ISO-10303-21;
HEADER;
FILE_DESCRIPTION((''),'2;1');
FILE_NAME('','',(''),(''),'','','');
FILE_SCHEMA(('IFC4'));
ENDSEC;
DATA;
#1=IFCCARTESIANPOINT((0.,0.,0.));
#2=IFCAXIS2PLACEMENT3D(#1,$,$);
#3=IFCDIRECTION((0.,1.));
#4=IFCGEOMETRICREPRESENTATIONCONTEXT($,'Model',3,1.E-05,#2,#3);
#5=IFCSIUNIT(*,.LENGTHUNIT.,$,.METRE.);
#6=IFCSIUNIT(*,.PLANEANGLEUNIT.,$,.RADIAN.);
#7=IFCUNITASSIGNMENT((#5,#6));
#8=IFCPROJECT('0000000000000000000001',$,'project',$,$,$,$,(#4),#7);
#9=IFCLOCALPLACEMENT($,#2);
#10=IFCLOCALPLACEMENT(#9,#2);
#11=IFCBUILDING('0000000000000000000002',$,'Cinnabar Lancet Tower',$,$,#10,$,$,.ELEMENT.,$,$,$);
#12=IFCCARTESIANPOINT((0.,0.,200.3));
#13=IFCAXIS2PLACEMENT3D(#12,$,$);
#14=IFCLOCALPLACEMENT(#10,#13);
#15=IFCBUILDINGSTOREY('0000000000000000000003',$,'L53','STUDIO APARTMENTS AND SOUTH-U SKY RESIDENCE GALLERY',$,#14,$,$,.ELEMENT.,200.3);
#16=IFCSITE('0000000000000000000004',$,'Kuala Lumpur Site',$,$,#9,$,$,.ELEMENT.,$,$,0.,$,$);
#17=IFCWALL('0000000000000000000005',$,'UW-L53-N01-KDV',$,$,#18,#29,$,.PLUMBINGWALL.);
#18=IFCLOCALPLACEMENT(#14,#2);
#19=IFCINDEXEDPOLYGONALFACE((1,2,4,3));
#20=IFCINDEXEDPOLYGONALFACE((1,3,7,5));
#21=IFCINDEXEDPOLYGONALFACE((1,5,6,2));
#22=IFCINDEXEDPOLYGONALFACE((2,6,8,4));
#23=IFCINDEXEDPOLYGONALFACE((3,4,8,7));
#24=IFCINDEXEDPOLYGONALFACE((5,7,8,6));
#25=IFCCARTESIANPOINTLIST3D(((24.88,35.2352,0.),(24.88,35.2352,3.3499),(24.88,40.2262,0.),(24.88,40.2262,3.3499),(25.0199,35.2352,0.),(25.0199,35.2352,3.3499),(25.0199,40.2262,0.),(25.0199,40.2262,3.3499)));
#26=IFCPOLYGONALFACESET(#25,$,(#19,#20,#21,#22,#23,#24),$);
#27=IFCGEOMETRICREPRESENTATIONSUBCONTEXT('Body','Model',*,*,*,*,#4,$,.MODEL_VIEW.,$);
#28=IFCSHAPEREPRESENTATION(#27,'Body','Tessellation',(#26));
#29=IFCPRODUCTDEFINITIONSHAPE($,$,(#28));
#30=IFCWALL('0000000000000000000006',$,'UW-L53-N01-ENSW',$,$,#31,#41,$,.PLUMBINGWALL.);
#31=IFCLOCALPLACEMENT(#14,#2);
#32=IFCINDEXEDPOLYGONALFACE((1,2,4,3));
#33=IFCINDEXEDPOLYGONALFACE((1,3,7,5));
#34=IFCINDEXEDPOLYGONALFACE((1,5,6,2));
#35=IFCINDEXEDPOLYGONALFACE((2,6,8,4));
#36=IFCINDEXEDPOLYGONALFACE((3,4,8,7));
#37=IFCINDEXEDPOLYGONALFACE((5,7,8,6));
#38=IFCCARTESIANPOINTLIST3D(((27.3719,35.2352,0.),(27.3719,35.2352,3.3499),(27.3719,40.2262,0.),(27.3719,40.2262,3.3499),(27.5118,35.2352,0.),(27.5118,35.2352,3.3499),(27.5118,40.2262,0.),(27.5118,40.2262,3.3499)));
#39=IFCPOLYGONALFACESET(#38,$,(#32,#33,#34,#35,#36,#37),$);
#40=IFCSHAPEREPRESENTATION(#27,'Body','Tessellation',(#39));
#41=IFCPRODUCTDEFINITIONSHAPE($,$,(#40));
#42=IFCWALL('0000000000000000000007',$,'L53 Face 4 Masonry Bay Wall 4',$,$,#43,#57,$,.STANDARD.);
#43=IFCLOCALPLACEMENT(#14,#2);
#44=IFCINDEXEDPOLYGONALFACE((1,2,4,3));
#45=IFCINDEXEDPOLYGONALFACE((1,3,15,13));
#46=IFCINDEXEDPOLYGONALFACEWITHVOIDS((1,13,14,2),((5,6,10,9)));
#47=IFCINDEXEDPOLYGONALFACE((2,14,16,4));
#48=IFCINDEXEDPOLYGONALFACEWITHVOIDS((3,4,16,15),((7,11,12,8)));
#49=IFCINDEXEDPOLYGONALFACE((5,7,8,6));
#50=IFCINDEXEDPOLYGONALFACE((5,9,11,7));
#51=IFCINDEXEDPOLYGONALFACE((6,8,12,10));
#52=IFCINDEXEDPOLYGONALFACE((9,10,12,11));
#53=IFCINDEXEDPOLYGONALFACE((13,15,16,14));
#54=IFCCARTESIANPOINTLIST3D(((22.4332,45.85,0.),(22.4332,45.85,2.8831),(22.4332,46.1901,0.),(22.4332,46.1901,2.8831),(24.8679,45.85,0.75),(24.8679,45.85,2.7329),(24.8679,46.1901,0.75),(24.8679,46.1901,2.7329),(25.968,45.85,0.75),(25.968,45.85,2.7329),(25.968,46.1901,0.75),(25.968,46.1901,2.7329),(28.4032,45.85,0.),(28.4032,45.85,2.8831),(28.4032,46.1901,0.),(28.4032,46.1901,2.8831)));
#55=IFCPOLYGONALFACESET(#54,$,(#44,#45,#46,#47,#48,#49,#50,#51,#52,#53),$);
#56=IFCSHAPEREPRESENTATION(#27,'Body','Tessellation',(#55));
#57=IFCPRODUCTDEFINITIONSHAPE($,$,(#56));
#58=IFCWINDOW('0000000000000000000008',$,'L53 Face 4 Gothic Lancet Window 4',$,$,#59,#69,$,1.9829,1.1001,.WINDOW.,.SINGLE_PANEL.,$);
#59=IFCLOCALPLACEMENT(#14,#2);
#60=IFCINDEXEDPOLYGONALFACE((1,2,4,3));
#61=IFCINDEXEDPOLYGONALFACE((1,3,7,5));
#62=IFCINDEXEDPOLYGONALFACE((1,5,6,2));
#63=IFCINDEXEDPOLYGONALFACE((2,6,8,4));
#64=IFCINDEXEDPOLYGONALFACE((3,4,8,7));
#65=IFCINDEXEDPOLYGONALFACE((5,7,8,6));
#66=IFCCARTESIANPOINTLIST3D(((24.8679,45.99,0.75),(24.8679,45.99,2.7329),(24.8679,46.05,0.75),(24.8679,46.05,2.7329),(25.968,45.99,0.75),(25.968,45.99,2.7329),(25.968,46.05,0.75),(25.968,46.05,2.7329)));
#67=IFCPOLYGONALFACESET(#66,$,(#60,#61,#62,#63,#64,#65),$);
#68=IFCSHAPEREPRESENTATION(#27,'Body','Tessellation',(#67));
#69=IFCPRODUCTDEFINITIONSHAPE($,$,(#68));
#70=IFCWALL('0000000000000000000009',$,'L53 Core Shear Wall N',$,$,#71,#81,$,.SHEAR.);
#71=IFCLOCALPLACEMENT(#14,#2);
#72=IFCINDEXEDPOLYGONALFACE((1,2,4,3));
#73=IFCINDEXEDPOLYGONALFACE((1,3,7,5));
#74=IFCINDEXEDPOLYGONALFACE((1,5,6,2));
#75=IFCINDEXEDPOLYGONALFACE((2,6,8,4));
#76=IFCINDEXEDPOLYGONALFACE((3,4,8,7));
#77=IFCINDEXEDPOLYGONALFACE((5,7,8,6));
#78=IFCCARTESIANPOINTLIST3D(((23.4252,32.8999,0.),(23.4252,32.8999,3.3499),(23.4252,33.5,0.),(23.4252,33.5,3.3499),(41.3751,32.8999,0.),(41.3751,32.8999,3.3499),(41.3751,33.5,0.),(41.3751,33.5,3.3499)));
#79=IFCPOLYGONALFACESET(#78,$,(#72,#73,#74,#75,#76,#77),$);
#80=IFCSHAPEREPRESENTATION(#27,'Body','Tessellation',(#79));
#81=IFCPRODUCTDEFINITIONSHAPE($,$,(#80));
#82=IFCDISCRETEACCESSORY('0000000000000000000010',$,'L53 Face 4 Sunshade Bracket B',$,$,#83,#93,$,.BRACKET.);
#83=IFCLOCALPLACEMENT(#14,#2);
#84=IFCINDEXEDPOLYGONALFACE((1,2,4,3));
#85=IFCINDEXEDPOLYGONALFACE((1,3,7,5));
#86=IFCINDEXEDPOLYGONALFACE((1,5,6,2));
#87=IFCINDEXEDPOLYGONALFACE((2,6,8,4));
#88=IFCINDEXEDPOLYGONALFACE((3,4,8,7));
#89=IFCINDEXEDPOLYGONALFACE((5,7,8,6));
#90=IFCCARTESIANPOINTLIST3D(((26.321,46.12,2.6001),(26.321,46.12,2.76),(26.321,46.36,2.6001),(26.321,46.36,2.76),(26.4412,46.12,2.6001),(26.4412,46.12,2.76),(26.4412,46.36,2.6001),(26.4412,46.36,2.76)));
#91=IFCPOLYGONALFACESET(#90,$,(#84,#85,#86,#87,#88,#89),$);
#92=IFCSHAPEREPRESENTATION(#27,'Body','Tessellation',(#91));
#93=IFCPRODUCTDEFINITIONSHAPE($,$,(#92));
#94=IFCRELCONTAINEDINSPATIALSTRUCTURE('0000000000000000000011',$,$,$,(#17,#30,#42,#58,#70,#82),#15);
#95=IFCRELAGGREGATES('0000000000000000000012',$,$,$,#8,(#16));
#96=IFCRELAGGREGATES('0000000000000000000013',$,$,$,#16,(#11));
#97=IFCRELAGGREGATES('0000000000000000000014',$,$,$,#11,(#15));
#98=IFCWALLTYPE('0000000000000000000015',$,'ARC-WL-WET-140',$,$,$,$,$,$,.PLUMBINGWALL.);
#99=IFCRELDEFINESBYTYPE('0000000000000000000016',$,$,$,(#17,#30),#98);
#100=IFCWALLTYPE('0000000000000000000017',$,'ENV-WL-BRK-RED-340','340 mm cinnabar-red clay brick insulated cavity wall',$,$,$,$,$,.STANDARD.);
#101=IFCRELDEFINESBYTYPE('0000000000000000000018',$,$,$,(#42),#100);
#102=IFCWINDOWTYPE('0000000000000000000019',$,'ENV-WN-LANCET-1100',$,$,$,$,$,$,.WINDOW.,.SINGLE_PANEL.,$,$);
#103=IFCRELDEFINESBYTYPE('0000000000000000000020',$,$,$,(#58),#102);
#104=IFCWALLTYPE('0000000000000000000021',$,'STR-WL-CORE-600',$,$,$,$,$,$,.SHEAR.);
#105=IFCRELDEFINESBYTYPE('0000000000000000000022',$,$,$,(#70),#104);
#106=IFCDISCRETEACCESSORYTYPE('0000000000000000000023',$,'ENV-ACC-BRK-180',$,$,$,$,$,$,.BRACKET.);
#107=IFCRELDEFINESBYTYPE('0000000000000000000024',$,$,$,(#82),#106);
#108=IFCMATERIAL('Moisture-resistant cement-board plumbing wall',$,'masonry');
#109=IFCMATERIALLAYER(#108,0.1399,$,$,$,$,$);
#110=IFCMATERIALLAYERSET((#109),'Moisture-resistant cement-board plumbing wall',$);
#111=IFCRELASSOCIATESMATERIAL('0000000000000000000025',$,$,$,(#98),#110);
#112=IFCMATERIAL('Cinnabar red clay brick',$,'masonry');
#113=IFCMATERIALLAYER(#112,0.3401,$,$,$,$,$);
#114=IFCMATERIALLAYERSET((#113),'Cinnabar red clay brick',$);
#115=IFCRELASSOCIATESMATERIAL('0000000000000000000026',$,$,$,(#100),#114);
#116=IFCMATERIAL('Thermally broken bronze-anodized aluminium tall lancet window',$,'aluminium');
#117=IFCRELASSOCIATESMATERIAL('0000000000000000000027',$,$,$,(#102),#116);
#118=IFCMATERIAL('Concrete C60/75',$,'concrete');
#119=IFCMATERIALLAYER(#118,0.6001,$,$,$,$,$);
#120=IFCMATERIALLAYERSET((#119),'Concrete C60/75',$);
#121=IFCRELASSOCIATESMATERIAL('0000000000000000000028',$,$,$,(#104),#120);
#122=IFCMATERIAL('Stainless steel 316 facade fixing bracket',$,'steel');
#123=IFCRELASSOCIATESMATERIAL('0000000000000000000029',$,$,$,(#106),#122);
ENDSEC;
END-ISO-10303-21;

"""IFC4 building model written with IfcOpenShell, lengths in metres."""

from ifc_helpers import new_model, si_unit, direction, frame, frame_2d, origin, origin_2d, place, context, subcontext, project, spatial, rectangle, extrude, material, layer, layer_set, type_object, element, fill, save


model = new_model("IFC4")

# Units and contexts
model_context = context("Model", 3, precision=1e-05, world=origin(), true_north=direction((0.0, 1.0)))
body_context = subcontext(model_context, "Body", "Model", "MODEL_VIEW")
ifc_project = project(units=[si_unit("LENGTHUNIT", "METRE"), si_unit("PLANEANGLEUNIT", "RADIAN")], contexts=[model_context])

# Site, building, storey
site_placement = place(None, origin())
site = spatial("IfcSite", under=ifc_project, at=site_placement, Name="Kuala Lumpur Site", CompositionType="ELEMENT", RefElevation=0.0)
building_placement = place(site_placement, origin())
building = spatial("IfcBuilding", under=site, at=building_placement, Name="Cinnabar Lancet Tower", CompositionType="ELEMENT")
storey_placement = place(building_placement, frame((0.0, 0.0, 200.3)))
storey = spatial("IfcBuildingStorey", under=building, at=storey_placement, Name="L53", Description="STUDIO APARTMENTS AND SOUTH-U SKY RESIDENCE GALLERY", CompositionType="ELEMENT", Elevation=200.3)

# Shared definitions
ifc_material_1 = material(Name="Moisture-resistant cement-board plumbing wall", Category="masonry")
ifc_layer_1 = layer(ifc_material_1, 0.1399)
ifc_layer_set_1 = layer_set([ifc_layer_1], Name="Moisture-resistant cement-board plumbing wall")
wall_type_1 = type_object("IfcWallType", Name="ARC-WL-WET-140", PredefinedType="PLUMBINGWALL", material=ifc_layer_set_1)

# Walls
for number, where, z_axis, x_axis, name in (
    (1, (24.95, 35.2351, 0.0), (0.0, 0.0, 1.0), (0.0, 1.0, 0.0), "UW-L53-N01-KDV"),
    (2, (27.4419, 35.2351, 0.0), (0.0, 0.0, 1.0), (0.0, 1.0, 0.0), "UW-L53-N01-ENSW"),
):
    element("IfcWall", number, at=place(storey_placement, frame(where, z_axis=z_axis, x_axis=x_axis)), inside=storey, type_object=wall_type_1, Name=name, PredefinedType="PLUMBINGWALL", context=body_context, shape_type="SweptSolid", body=[
        extrude(rectangle(XDim=4.991, YDim=0.1399, at=frame_2d((2.4956, 0.0))), origin(), (0.0, 0.0, 1.0), 3.3499),
    ])

# Wall, opening, window
ifc_material_2 = material(Name="Cinnabar red clay brick", Category="masonry")
ifc_layer_2 = layer(ifc_material_2, 0.3401)
ifc_layer_set_2 = layer_set([ifc_layer_2], Name="Cinnabar red clay brick")
wall_type_2 = type_object("IfcWallType", Name="ENV-WL-BRK-RED-340", Description="340 mm cinnabar-red clay brick insulated cavity wall", PredefinedType="STANDARD", material=ifc_layer_set_2)
wall_1_placement = place(storey_placement, frame((28.4031, 46.02, 0.0), z_axis=(0.0, 0.0, 1.0), x_axis=(-1.0, 0.0, 0.0)))
wall_1 = element("IfcWall", 3, at=wall_1_placement, inside=storey, type_object=wall_type_2, Name="L53 Face 4 Masonry Bay Wall 4", PredefinedType="STANDARD", context=body_context, shape_type="SweptSolid", body=[
    extrude(rectangle(XDim=5.97, YDim=0.3401, at=frame_2d((2.9849, 0.0))), origin(), (0.0, 0.0, 1.0), 2.8831),
])
opening_1_placement = place(wall_1_placement, frame((2.4351, 0.0, 0.75)))
opening_1 = element("IfcOpeningElement", 4, at=opening_1_placement, cuts=wall_1, PredefinedType="OPENING", context=body_context, shape_type="SweptSolid", body=[
    extrude(rectangle(XDim=1.1001, YDim=1.9829, at=frame_2d((0.55, 0.9915))), frame((0.0, 0.1799, 0.0), z_axis=(0.0, -1.0, 0.0), x_axis=(1.0, 0.0, 0.0)), (0.0, 0.0, 1.0), 0.3601),
])
ifc_material_3 = material(Name="Thermally broken bronze-anodized aluminium tall lancet window", Category="aluminium")
window_type = type_object("IfcWindowType", Name="ENV-WN-LANCET-1100", PartitioningType="SINGLE_PANEL", PredefinedType="WINDOW", material=ifc_material_3)
window_placement = place(opening_1_placement, origin())
window = element("IfcWindow", 5, at=window_placement, inside=storey, type_object=window_type, Name="L53 Face 4 Gothic Lancet Window 4", OverallHeight=1.9829, OverallWidth=1.1001, PartitioningType="SINGLE_PANEL", PredefinedType="WINDOW", context=body_context, shape_type="SweptSolid", body=[
    extrude(rectangle(XDim=1.1001, YDim=1.9829, at=frame_2d((0.55, 0.9915))), frame((0.0, 0.03, 0.0), z_axis=(0.0, -1.0, 0.0), x_axis=(1.0, 0.0, 0.0)), (0.0, 0.0, 1.0), 0.0601),
])
fill(opening_1, window)

# Wall
ifc_material_4 = material(Name="Concrete C60/75", Category="concrete")
ifc_layer_3 = layer(ifc_material_4, 0.6001)
ifc_layer_set_3 = layer_set([ifc_layer_3], Name="Concrete C60/75")
wall_type_3 = type_object("IfcWallType", Name="STR-WL-CORE-600", PredefinedType="SHEAR", material=ifc_layer_set_3)
wall_2_placement = place(storey_placement, frame((23.425, 33.2, 0.0), z_axis=(0.0, 0.0, 1.0), x_axis=(1.0, 0.0, 0.0)))
element("IfcWall", 6, at=wall_2_placement, inside=storey, type_object=wall_type_3, Name="L53 Core Shear Wall N", PredefinedType="SHEAR", context=body_context, shape_type="SweptSolid", body=[
    extrude(rectangle(XDim=17.95, YDim=0.6001, at=frame_2d((8.9751, 0.0))), origin(), (0.0, 0.0, 1.0), 3.3499),
])

# Discrete accessory
ifc_material_5 = material(Name="Stainless steel 316 facade fixing bracket", Category="steel")
discrete_accessory_type = type_object("IfcDiscreteAccessoryType", Name="ENV-ACC-BRK-180", PredefinedType="BRACKET", material=ifc_material_5)
discrete_accessory_placement = place(storey_placement, frame((26.3811, 46.24, 2.6001), z_axis=(0.0, 0.0, 1.0), x_axis=(-1.0, 0.0, 0.0)))
element("IfcDiscreteAccessory", 7, at=discrete_accessory_placement, inside=storey, type_object=discrete_accessory_type, Name="L53 Face 4 Sunshade Bracket B", PredefinedType="BRACKET", context=body_context, shape_type="SweptSolid", body=[
    extrude(rectangle(XDim=0.1201, YDim=0.24, at=origin_2d()), origin(), (0.0, 0.0, 1.0), 0.1599),
])

save(model, "model.ifc")
